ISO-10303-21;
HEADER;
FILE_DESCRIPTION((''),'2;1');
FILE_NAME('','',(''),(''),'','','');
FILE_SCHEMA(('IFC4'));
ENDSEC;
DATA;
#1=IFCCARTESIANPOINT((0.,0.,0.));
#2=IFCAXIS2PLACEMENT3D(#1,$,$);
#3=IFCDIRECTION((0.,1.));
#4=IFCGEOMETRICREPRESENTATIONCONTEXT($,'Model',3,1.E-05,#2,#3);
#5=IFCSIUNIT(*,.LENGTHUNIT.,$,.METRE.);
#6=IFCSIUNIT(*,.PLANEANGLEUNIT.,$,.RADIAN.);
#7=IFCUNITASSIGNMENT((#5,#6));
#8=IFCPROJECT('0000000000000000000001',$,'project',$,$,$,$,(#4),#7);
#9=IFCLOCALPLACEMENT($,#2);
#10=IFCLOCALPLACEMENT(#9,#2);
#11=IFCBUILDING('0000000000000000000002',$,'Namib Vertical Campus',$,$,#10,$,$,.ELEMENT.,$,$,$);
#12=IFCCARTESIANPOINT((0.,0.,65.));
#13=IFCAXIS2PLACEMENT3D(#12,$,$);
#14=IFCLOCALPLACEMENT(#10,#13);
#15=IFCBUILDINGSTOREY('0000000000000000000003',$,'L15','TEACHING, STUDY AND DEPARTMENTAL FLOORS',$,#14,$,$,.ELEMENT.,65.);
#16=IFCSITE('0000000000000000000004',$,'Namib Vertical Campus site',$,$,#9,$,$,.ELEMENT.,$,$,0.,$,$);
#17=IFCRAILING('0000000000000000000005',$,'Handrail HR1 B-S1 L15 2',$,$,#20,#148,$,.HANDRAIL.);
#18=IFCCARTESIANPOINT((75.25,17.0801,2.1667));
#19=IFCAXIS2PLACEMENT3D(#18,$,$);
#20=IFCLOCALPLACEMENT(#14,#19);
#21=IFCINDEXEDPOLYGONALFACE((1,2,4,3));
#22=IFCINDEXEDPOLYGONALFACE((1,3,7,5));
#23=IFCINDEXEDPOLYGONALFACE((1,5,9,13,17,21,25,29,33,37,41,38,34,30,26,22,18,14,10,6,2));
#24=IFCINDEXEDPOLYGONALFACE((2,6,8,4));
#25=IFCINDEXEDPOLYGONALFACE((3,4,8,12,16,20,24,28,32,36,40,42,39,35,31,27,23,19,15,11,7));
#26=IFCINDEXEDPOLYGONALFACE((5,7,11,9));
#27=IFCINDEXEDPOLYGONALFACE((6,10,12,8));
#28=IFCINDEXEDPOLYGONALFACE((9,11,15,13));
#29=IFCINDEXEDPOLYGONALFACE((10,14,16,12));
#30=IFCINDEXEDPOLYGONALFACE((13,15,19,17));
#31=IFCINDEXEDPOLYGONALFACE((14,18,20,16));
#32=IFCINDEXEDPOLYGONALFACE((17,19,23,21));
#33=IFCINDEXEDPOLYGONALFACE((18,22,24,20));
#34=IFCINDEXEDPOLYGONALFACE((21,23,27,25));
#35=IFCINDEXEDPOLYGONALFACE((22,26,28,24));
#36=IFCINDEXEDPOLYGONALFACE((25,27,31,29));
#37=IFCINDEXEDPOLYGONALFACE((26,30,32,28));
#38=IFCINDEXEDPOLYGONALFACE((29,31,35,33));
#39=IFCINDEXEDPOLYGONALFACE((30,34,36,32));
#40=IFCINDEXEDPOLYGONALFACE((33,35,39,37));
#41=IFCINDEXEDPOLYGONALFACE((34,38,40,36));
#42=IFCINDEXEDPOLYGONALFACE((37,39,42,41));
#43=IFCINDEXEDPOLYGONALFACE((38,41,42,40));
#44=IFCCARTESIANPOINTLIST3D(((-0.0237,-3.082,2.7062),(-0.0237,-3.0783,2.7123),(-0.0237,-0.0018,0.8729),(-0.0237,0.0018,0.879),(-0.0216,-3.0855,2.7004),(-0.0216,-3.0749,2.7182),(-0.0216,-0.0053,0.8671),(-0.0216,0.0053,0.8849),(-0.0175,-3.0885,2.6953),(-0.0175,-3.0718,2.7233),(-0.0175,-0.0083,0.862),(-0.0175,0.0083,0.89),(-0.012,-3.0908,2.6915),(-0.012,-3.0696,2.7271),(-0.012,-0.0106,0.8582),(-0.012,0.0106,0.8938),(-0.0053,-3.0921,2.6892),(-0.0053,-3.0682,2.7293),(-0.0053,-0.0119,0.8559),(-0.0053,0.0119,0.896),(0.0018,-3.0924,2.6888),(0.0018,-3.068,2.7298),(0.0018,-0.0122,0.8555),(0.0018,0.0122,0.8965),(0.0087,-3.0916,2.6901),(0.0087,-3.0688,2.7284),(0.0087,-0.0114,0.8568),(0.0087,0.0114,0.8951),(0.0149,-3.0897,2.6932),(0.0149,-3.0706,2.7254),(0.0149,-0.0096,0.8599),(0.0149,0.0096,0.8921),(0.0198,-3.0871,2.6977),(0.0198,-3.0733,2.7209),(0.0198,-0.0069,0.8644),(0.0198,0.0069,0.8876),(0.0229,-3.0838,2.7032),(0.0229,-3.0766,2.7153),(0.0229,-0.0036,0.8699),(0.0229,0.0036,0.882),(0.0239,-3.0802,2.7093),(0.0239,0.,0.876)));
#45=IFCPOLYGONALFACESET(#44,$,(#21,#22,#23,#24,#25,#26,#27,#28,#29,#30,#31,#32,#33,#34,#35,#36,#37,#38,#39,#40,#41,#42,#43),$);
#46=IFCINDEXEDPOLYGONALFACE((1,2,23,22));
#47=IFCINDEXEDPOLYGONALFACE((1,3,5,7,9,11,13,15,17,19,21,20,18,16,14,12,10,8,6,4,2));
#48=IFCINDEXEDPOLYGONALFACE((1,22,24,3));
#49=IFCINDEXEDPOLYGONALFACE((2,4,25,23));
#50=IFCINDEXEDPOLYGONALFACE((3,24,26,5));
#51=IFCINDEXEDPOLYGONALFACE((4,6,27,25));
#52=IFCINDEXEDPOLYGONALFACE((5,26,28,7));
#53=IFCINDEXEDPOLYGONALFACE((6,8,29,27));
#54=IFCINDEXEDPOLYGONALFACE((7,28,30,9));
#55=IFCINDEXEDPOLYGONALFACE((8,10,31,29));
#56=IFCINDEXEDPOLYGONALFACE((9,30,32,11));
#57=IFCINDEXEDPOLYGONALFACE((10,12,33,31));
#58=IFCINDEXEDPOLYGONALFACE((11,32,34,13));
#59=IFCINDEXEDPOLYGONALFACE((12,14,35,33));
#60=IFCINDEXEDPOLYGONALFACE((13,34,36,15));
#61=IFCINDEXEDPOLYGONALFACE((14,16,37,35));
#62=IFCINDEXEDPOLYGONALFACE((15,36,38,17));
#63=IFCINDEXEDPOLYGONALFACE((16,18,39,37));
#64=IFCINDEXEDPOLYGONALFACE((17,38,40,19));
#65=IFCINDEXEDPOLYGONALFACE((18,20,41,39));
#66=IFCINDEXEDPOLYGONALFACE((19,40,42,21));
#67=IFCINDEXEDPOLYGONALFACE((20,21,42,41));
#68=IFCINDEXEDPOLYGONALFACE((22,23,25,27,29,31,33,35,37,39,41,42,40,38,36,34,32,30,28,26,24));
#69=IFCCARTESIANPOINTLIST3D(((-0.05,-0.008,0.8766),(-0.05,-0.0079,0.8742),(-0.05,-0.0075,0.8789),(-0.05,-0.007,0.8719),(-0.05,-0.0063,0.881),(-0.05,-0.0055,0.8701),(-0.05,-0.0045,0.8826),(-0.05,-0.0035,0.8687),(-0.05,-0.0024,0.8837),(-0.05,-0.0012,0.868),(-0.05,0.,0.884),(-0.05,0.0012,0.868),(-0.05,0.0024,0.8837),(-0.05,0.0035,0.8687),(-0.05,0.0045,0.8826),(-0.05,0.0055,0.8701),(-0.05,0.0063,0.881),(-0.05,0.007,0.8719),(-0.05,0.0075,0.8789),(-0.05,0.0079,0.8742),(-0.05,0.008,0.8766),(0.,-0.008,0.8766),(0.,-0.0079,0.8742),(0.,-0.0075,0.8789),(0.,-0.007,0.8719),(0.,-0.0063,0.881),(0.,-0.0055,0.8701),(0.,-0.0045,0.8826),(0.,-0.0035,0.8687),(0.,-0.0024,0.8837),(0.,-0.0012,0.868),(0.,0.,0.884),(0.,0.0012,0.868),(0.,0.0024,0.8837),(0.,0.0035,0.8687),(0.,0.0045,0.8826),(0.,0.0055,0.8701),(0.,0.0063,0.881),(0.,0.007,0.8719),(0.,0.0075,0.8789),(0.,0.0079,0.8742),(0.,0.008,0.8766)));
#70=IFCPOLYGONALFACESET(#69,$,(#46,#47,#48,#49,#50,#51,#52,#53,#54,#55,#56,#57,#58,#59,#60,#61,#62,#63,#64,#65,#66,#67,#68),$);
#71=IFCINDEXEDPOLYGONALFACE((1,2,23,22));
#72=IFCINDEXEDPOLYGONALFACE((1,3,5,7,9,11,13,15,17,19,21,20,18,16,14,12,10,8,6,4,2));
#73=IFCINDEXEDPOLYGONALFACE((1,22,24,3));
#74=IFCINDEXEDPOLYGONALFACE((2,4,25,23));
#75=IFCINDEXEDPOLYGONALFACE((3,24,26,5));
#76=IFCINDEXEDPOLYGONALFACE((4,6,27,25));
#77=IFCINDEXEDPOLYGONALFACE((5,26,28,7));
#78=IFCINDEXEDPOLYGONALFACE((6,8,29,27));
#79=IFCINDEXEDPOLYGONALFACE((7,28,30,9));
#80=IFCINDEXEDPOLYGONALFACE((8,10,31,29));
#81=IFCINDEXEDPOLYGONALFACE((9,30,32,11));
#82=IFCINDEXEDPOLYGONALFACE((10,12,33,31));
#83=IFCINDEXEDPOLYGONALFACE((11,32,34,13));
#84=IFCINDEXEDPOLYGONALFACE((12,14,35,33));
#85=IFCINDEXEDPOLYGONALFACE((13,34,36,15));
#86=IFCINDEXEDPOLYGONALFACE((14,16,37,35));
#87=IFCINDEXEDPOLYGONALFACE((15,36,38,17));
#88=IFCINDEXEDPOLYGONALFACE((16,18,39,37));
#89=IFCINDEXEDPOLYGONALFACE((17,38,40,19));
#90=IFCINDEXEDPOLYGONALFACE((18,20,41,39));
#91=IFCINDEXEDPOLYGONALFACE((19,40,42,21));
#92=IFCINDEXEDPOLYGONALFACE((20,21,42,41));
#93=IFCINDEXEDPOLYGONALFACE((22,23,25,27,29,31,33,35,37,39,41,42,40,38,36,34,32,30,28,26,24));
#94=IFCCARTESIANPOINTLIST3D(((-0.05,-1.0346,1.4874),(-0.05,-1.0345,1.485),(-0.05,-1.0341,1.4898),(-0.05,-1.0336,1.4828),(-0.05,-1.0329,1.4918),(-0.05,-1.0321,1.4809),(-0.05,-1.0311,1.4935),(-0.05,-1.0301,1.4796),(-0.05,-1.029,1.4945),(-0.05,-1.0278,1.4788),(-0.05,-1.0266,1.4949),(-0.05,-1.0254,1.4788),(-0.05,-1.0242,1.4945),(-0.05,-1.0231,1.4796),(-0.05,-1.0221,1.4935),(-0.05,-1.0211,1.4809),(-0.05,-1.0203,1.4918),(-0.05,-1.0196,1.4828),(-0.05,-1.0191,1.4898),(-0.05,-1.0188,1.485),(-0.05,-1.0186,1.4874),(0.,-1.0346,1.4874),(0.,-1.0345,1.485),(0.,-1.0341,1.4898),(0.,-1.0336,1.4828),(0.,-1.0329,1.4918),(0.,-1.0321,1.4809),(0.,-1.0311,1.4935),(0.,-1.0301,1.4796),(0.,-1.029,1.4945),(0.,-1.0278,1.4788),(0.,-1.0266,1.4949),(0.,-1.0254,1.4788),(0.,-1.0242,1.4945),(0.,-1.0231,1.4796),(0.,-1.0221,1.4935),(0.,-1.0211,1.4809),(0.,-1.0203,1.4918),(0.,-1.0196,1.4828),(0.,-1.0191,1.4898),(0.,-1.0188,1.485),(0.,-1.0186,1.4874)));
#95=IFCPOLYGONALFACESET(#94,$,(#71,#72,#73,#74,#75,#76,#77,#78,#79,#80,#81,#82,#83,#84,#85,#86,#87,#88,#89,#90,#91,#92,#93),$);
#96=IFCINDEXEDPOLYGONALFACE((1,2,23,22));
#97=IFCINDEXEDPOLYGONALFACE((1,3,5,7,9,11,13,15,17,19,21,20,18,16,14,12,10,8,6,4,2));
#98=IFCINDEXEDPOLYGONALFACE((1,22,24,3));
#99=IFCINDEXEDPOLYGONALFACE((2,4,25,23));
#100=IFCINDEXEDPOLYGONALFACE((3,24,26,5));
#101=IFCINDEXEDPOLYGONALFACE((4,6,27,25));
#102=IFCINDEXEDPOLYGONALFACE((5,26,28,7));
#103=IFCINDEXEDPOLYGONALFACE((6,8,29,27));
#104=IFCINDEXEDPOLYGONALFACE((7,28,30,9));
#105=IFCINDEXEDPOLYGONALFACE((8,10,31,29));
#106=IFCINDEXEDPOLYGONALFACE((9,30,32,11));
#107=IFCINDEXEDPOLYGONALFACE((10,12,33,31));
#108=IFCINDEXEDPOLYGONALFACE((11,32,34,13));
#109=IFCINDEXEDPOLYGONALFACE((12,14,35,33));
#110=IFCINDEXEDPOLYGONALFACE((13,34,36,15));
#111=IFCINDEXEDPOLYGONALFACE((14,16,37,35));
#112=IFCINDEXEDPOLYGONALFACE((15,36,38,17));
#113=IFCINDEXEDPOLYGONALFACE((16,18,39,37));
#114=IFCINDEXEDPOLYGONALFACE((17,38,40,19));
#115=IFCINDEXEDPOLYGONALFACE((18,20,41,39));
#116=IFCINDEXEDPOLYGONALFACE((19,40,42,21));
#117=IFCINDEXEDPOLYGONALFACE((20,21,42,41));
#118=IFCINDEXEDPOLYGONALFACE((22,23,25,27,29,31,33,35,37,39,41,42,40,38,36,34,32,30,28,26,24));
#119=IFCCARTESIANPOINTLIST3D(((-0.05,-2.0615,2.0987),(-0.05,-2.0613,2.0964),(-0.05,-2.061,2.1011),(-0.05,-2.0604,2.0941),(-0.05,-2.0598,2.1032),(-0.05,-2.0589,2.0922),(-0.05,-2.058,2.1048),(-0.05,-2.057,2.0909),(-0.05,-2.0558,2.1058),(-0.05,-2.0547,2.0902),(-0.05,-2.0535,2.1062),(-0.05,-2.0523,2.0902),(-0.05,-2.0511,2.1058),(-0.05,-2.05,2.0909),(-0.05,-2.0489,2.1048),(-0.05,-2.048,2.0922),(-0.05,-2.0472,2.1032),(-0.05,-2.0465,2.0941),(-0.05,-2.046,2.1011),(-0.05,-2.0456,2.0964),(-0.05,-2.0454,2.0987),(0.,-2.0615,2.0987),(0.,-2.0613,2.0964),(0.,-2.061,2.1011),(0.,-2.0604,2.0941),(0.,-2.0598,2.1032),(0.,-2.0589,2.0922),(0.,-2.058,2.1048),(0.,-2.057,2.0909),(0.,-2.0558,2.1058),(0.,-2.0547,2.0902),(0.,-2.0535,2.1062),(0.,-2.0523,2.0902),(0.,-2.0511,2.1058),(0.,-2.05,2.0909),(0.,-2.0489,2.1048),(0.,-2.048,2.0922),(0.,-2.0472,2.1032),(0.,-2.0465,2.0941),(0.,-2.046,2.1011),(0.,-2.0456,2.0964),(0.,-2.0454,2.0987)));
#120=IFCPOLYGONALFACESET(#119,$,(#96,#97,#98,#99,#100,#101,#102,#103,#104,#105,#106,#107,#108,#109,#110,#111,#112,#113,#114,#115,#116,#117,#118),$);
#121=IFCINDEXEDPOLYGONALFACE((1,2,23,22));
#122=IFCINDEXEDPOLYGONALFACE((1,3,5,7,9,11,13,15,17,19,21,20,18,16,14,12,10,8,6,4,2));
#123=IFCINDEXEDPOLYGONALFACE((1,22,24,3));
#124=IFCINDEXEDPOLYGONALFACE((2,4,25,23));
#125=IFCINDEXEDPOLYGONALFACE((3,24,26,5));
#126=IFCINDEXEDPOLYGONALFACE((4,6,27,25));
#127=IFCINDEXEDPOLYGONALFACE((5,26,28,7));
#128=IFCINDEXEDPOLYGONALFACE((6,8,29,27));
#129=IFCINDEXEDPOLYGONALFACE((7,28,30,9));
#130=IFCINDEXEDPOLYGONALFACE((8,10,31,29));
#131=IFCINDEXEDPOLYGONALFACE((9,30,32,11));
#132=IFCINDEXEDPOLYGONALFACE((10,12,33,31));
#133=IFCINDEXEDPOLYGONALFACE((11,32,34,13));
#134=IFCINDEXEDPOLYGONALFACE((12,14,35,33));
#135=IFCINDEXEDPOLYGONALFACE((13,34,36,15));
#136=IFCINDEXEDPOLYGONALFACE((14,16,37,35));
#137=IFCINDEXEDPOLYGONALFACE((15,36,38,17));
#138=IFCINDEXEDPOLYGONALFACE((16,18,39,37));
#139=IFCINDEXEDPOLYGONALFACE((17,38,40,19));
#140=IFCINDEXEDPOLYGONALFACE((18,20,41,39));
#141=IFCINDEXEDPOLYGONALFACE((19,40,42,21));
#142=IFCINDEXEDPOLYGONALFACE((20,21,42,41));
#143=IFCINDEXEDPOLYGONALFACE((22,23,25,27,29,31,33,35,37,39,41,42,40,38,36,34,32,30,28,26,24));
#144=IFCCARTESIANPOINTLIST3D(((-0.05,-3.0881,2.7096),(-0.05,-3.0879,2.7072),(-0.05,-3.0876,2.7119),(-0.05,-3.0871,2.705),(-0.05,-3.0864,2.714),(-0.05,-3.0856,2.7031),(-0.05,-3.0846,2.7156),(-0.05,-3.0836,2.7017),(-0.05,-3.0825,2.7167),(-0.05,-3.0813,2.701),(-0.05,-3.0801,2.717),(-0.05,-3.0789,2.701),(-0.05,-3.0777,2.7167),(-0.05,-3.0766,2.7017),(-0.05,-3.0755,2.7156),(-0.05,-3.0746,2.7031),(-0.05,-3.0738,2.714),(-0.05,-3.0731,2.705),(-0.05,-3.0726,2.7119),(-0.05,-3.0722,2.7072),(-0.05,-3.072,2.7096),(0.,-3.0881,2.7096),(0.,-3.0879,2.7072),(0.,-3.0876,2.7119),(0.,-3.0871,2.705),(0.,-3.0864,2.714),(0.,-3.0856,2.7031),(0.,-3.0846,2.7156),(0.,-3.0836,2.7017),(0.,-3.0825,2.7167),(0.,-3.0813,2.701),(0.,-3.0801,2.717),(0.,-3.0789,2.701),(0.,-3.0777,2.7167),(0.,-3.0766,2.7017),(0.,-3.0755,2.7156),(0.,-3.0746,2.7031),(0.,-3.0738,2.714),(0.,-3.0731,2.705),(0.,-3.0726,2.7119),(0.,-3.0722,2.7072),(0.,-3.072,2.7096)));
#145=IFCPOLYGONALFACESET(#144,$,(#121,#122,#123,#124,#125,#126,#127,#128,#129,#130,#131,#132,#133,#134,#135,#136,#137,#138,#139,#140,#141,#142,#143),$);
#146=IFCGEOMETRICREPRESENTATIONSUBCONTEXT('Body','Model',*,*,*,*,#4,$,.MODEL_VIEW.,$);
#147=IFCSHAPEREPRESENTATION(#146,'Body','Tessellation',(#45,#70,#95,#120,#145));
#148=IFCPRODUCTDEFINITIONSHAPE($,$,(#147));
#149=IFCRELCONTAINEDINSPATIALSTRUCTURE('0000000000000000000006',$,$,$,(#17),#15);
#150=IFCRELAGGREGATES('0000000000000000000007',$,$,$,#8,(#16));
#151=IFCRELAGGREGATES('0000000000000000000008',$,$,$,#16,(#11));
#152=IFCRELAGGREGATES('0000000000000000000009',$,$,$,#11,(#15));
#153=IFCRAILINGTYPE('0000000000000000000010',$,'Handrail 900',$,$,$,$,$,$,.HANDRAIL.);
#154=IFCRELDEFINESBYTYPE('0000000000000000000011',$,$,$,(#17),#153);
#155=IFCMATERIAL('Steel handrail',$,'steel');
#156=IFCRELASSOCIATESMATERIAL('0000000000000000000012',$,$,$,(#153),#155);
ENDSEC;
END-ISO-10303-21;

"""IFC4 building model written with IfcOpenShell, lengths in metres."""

from ifc_helpers import new_model, si_unit, direction, frame, origin, origin_2d, place, context, subcontext, project, spatial, circle, extrude, material, type_object, element, save


model = new_model("IFC4")

# Units and contexts
model_context = context("Model", 3, precision=1e-05, world=origin(), true_north=direction((0.0, 1.0)))
body_context = subcontext(model_context, "Body", "Model", "MODEL_VIEW")
ifc_project = project(units=[si_unit("LENGTHUNIT", "METRE"), si_unit("PLANEANGLEUNIT", "RADIAN")], contexts=[model_context])

# Site, building, storey
site_placement = place(None, origin())
site = spatial("IfcSite", under=ifc_project, at=site_placement, Name="Namib Vertical Campus site", CompositionType="ELEMENT", RefElevation=0.0)
building_placement = place(site_placement, origin())
building = spatial("IfcBuilding", under=site, at=building_placement, Name="Namib Vertical Campus", CompositionType="ELEMENT")
storey_placement = place(building_placement, frame((0.0, 0.0, 65.0)))
storey = spatial("IfcBuildingStorey", under=building, at=storey_placement, Name="L15", Description="TEACHING, STUDY AND DEPARTMENTAL FLOORS", CompositionType="ELEMENT", Elevation=65.0)

# Railing
ifc_material_1 = material(Name="Steel handrail", Category="steel")
railing_type_1 = type_object("IfcRailingType", Name="Handrail 900", PredefinedType="HANDRAIL", material=ifc_material_1)
railing_1_placement = place(storey_placement, frame((75.25, 17.0801, 2.1667)))
element("IfcRailing", 1, at=railing_1_placement, inside=storey, type_object=railing_type_1, Name="Handrail HR1 B-S1 L15 2", PredefinedType="HANDRAIL", context=body_context, shape_type="SweptSolid", body=[
    extrude(circle(Radius=0.0239, at=origin_2d()), frame((0.0, 0.0, 0.876), z_axis=(0.0, -0.859309, 0.511458), x_axis=(1.0, 0.0, 0.0)), (0.0, 0.0, 1.0), 3.5845),
    extrude(circle(Radius=0.0081, at=origin_2d()), frame((0.0, 0.0, 0.876), z_axis=(-1.0, 0.0, 0.0), x_axis=(0.0, 0.0, 1.0)), (0.0, 0.0, 1.0), 0.05),
    extrude(circle(Radius=0.0081, at=origin_2d()), frame((0.0, -1.0266, 1.4868), z_axis=(-1.0, 0.0, 0.0), x_axis=(0.0, 0.0, 1.0)), (0.0, 0.0, 1.0), 0.05),
    extrude(circle(Radius=0.0081, at=origin_2d()), frame((0.0, -2.0535, 2.0981), z_axis=(-1.0, 0.0, 0.0), x_axis=(0.0, 0.0, 1.0)), (0.0, 0.0, 1.0), 0.05),
    extrude(circle(Radius=0.0081, at=origin_2d()), frame((0.0, -3.0801, 2.709), z_axis=(-1.0, 0.0, 0.0), x_axis=(0.0, 0.0, 1.0)), (0.0, 0.0, 1.0), 0.05),
])

save(model, "model.ifc")
